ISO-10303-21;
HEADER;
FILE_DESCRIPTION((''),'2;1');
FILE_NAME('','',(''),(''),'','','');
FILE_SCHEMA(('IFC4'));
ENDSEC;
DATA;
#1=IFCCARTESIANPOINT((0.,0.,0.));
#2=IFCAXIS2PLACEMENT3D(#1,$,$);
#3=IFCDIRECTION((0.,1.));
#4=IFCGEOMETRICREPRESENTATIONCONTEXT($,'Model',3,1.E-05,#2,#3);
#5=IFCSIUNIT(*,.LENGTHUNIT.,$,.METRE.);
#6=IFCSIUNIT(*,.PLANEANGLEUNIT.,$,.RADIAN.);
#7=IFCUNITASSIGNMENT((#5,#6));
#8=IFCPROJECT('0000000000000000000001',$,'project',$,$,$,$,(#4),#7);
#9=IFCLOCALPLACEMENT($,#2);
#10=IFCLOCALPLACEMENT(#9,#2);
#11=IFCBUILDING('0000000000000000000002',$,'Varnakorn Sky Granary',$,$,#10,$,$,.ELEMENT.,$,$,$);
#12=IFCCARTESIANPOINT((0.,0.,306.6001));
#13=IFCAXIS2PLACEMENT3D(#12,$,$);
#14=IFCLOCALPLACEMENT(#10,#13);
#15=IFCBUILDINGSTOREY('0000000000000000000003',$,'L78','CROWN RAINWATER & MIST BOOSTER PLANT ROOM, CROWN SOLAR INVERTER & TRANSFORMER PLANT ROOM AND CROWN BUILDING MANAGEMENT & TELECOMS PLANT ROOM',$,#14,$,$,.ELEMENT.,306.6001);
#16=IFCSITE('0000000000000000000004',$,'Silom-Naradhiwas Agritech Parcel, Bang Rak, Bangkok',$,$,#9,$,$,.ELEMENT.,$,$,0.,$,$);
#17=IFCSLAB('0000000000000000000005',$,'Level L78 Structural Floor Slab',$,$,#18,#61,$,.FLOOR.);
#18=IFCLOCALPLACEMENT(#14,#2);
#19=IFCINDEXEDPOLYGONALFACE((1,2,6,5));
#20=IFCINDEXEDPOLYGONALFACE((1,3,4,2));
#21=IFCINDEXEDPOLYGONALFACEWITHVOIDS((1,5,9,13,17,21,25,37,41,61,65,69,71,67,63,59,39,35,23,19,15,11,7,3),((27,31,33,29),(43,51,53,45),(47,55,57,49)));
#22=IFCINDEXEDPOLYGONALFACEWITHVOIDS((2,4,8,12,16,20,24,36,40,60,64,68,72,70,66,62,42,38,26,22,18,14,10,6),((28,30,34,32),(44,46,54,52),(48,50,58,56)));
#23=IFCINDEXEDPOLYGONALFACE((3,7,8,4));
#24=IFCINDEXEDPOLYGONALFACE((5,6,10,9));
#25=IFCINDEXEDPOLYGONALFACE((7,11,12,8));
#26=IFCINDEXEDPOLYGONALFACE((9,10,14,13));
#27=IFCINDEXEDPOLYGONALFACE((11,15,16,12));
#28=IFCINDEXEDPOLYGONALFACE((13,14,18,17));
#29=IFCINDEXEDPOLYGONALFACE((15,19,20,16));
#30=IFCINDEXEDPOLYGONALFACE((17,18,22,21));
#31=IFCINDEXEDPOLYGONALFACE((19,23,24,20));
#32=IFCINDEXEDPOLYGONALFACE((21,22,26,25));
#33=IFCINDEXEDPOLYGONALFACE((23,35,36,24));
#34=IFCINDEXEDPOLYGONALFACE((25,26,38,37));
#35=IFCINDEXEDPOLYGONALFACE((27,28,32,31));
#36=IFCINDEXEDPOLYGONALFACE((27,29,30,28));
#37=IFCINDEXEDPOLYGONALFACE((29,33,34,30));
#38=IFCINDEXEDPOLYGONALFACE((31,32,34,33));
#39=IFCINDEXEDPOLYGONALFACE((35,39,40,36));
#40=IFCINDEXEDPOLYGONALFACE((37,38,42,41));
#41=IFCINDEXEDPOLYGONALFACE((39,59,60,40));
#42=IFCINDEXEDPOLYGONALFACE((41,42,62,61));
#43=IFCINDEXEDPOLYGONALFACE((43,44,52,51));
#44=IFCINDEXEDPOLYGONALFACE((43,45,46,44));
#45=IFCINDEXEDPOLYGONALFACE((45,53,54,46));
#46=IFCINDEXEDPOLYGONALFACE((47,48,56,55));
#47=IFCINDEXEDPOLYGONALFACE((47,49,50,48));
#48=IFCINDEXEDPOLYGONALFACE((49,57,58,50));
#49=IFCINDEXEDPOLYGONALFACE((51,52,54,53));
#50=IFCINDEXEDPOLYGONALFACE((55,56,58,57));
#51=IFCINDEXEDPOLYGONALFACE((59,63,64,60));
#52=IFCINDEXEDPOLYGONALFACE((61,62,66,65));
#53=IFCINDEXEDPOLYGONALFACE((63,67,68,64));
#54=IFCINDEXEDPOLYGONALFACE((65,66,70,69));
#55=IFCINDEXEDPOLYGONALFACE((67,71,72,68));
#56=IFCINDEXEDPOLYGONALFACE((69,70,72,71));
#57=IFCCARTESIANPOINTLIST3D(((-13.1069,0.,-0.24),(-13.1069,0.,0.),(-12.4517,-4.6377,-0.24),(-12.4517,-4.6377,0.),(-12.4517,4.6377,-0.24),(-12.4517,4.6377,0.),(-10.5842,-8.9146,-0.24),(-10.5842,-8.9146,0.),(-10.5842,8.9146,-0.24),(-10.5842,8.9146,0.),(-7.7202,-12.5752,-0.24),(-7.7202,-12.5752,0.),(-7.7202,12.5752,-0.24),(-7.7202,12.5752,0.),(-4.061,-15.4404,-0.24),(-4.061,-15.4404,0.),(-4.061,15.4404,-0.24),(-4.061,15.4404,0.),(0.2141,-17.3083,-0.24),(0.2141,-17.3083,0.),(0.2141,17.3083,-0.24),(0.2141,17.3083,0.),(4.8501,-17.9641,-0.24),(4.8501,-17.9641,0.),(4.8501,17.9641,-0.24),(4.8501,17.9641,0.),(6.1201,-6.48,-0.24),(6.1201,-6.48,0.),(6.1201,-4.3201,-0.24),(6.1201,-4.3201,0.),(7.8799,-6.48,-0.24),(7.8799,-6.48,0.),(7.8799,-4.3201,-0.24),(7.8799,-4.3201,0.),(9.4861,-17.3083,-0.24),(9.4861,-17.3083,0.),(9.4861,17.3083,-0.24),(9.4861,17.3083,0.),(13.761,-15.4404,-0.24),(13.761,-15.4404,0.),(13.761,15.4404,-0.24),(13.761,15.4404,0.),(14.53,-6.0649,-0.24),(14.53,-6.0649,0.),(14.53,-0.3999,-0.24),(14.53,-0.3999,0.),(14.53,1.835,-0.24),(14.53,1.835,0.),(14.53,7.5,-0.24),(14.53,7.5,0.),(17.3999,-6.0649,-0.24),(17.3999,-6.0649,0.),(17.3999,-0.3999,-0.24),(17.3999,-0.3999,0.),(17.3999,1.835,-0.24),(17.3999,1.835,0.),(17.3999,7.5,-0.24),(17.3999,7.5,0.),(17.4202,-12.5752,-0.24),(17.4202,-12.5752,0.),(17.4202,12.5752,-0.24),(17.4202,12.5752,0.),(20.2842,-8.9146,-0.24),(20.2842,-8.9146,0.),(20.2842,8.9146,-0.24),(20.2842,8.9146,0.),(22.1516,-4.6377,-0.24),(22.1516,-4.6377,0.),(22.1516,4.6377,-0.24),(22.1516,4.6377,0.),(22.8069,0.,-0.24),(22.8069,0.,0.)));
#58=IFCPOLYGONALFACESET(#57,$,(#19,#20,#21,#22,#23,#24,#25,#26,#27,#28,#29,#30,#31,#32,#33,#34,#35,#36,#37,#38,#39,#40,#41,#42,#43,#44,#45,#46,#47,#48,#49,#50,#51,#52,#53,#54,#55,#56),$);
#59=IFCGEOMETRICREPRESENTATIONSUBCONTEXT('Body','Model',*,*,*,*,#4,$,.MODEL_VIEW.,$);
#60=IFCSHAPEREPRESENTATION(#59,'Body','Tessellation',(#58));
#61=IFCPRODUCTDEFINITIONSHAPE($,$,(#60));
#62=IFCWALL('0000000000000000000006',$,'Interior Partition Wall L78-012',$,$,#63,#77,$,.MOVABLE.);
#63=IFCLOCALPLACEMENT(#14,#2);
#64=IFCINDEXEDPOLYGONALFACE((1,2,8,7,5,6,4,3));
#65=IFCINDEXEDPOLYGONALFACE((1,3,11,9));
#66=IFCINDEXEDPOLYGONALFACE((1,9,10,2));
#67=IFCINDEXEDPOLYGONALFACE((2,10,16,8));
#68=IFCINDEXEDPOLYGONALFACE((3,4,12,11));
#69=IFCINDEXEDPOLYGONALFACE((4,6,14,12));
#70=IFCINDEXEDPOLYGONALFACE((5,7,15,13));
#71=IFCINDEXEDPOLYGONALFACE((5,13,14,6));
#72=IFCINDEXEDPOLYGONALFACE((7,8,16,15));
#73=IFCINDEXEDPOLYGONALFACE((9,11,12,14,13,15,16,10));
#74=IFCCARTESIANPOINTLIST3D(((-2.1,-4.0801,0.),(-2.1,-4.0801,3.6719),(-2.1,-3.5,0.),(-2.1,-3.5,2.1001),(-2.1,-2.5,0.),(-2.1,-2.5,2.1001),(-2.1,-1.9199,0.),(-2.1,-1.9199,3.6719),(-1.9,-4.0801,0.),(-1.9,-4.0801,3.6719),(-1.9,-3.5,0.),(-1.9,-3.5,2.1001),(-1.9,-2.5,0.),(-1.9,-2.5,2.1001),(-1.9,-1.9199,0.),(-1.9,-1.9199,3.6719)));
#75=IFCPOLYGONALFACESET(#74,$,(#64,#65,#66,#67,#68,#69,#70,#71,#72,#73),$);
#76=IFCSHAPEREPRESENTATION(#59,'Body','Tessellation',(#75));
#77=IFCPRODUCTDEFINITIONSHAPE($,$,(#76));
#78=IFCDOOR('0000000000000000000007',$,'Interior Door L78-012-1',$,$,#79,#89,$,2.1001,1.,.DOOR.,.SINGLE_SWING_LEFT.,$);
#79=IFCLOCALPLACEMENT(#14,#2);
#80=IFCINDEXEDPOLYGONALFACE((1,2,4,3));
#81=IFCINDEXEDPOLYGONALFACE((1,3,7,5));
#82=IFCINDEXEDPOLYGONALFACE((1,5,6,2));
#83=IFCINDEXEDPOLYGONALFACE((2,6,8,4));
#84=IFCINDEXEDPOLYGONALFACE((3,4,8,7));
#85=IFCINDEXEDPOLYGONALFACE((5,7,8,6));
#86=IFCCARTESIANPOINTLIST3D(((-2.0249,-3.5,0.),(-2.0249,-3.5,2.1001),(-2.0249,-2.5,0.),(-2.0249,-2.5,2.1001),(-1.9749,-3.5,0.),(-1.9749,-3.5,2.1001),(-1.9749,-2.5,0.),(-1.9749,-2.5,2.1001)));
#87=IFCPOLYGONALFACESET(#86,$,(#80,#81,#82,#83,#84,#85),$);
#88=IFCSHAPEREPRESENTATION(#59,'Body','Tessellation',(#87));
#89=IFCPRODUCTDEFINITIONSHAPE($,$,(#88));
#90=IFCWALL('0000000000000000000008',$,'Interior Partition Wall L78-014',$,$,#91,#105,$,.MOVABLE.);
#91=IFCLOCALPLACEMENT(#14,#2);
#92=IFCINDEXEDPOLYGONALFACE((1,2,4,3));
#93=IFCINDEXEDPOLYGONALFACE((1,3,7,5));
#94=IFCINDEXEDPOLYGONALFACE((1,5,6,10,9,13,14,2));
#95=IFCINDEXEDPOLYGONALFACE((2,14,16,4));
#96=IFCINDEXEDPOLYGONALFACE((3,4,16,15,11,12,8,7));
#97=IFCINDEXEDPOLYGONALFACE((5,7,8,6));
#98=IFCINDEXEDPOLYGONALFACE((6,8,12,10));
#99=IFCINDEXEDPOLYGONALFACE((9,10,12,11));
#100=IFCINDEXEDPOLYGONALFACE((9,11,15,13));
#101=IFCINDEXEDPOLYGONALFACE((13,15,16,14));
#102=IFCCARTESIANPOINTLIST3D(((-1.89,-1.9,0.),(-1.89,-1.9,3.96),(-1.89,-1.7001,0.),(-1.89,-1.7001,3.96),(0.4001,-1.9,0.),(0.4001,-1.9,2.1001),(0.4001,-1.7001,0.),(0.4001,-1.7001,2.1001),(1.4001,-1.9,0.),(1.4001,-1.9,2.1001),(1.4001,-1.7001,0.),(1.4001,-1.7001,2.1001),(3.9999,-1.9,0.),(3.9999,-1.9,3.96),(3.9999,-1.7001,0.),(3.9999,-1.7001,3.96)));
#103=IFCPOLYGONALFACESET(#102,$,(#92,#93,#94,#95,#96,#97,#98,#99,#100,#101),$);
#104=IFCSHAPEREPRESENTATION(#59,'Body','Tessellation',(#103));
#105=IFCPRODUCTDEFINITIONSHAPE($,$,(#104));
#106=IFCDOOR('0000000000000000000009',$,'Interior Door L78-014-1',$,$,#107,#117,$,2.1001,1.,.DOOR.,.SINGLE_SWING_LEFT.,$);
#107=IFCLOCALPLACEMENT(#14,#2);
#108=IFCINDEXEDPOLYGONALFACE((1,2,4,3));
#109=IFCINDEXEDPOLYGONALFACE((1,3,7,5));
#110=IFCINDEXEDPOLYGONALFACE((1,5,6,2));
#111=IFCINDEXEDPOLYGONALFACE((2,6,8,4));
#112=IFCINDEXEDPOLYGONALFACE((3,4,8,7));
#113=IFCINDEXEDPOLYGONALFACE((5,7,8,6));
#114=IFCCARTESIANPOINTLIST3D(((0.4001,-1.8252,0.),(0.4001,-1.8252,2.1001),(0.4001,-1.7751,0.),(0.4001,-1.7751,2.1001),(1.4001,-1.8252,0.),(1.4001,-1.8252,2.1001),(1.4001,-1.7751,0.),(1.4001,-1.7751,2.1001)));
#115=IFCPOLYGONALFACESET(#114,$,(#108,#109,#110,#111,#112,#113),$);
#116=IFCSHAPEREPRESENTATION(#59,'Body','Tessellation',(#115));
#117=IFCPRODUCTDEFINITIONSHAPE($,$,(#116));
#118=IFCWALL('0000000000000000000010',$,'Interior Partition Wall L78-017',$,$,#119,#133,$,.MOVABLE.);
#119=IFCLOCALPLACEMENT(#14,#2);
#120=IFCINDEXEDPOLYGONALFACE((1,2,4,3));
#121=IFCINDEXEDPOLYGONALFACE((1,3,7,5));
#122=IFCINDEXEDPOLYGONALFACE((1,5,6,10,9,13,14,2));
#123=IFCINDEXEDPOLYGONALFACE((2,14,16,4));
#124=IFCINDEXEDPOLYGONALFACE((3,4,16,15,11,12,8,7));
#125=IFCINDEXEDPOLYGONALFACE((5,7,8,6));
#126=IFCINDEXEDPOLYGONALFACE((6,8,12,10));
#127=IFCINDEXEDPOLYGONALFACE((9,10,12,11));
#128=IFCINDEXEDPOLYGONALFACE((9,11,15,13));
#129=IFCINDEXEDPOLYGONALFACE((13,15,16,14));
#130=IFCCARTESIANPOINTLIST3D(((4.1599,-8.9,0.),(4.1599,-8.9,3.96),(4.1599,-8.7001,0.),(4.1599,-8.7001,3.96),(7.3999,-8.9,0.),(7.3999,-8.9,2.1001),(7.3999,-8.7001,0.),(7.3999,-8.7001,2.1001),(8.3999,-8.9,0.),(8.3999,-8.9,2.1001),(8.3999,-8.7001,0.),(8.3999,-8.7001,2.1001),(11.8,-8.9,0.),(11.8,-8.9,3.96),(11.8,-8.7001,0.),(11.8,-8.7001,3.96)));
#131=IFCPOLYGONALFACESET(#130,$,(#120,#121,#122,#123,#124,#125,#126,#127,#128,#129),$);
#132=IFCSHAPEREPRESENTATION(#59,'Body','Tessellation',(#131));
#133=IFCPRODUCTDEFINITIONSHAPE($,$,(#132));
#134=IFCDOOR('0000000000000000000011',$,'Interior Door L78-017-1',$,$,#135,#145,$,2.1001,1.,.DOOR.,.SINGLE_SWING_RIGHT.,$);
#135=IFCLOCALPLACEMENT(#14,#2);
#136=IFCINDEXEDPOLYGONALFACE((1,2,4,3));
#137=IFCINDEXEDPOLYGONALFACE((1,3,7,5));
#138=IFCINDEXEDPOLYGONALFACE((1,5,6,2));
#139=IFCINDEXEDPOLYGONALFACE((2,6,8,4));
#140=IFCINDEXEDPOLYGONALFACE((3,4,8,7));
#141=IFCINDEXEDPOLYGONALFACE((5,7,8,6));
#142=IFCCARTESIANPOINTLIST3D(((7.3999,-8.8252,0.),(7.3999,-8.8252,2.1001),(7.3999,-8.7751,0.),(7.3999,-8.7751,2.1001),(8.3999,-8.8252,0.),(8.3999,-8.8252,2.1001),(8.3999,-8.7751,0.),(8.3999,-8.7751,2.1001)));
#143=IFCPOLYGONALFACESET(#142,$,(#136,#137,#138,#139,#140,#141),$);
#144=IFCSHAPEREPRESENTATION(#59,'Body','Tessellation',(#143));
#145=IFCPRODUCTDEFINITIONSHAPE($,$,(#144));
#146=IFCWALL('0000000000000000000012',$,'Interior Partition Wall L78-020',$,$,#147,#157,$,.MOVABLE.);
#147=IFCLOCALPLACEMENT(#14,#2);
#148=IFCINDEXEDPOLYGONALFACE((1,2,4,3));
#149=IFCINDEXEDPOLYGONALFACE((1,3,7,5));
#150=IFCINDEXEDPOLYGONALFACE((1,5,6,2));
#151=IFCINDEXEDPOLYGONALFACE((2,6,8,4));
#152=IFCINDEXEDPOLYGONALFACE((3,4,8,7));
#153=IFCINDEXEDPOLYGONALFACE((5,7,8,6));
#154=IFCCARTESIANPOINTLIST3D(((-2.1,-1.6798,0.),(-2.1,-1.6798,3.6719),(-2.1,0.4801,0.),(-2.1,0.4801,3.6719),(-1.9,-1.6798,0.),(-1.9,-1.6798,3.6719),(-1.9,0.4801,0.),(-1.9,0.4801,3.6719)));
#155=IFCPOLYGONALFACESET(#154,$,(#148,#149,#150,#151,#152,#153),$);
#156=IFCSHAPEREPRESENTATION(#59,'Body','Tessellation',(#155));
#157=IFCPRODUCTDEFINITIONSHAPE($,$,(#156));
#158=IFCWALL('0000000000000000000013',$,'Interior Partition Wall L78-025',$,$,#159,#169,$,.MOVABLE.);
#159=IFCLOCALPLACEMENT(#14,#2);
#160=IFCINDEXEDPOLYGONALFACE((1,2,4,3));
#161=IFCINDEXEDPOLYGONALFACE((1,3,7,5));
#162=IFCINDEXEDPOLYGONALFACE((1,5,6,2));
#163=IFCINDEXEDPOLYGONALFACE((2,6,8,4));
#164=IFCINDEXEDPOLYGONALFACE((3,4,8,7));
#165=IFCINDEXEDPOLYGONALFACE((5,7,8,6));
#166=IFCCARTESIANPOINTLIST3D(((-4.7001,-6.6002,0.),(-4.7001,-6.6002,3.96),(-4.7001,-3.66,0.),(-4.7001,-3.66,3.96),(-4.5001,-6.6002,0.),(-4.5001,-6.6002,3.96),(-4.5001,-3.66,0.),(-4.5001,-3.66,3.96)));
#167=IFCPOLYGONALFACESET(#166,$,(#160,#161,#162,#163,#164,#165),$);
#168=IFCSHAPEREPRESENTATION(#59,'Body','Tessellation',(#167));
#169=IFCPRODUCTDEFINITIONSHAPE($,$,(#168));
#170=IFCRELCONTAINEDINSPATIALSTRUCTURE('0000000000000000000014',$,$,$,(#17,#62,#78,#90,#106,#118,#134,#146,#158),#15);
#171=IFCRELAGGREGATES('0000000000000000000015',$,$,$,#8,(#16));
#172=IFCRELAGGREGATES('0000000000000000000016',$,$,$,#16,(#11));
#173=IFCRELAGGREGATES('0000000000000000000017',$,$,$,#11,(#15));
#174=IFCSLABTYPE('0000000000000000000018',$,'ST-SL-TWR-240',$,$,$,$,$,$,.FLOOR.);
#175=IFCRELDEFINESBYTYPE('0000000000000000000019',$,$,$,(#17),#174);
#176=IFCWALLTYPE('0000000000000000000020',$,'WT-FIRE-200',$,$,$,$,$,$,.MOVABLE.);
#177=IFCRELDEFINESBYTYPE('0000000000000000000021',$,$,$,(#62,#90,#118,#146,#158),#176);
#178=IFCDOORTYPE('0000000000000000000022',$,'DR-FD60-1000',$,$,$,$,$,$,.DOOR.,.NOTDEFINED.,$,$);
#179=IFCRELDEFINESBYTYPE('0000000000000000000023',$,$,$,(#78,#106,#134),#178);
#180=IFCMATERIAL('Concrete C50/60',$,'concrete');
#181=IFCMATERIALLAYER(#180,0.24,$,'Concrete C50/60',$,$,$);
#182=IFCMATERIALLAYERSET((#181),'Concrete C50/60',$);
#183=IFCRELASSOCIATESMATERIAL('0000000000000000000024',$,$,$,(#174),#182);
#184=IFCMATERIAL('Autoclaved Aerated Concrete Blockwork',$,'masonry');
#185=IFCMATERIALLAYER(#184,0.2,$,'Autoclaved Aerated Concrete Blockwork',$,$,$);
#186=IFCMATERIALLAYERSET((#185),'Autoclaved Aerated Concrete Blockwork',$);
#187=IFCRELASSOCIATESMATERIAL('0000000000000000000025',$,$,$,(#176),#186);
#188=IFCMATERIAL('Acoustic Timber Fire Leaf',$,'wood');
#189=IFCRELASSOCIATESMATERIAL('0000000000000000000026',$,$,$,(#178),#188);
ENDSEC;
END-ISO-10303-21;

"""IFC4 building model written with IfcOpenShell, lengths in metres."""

from ifc_helpers import new_model, si_unit, direction, frame, frame_2d, origin, place, context, subcontext, project, spatial, polyline, rectangle, outline, extrude, material, layer, layer_set, type_object, element, fill, save


model = new_model("IFC4")

# Units and contexts
model_context = context("Model", 3, precision=1e-05, world=origin(), true_north=direction((0.0, 1.0)))
body_context = subcontext(model_context, "Body", "Model", "MODEL_VIEW")
ifc_project = project(units=[si_unit("LENGTHUNIT", "METRE"), si_unit("PLANEANGLEUNIT", "RADIAN")], contexts=[model_context])

# Site, building, storey
site_placement = place(None, origin())
site = spatial("IfcSite", under=ifc_project, at=site_placement, Name="Silom-Naradhiwas Agritech Parcel, Bang Rak, Bangkok", CompositionType="ELEMENT", RefElevation=0.0)
building_placement = place(site_placement, origin())
building = spatial("IfcBuilding", under=site, at=building_placement, Name="Varnakorn Sky Granary", CompositionType="ELEMENT")
storey_placement = place(building_placement, frame((0.0, 0.0, 306.6001)))
storey = spatial("IfcBuildingStorey", under=building, at=storey_placement, Name="L78", Description="CROWN RAINWATER & MIST BOOSTER PLANT ROOM, CROWN SOLAR INVERTER & TRANSFORMER PLANT ROOM AND CROWN BUILDING MANAGEMENT & TELECOMS PLANT ROOM", CompositionType="ELEMENT", Elevation=306.6001)

# Shared definitions
ifc_material_1 = material(Name="Concrete C50/60", Category="concrete")

# Slab
ifc_layer_1 = layer(ifc_material_1, 0.24, Name="Concrete C50/60")
ifc_layer_set_1 = layer_set([ifc_layer_1], Name="Concrete C50/60")
slab_type_1 = type_object("IfcSlabType", Name="ST-SL-TWR-240", PredefinedType="FLOOR", material=ifc_layer_set_1)
slab_1_placement = place(storey_placement, frame((0.0, 0.0, -0.24)))
element("IfcSlab", 1, at=slab_1_placement, inside=storey, type_object=slab_type_1, Name="Level L78 Structural Floor Slab", PredefinedType="FLOOR", context=body_context, shape_type="SweptSolid", body=[
    extrude(outline(polyline([(22.8069, 0.0), (22.1516, 4.6377), (20.2842, 8.9146), (17.4202, 12.5752), (13.761, 15.4404), (9.4861, 17.3083), (4.8501, 17.9641), (0.2141, 17.3083), (-4.061, 15.4404), (-7.7202, 12.5752), (-10.5842, 8.9146), (-12.4517, 4.6377), (-13.1069, 0.0), (-12.4517, -4.6377), (-10.5842, -8.9146), (-7.7202, -12.5752), (-4.061, -15.4404), (0.2141, -17.3083), (4.8501, -17.9641), (9.4861, -17.3083), (13.761, -15.4404), (17.4202, -12.5752), (20.2842, -8.9146), (22.1516, -4.6377), (22.8069, 0.0)]), holes=[polyline([(17.3999, 1.835), (17.3999, 7.5), (14.53, 7.5), (14.53, 1.835), (17.3999, 1.835)]), polyline([(17.3999, -6.0649), (17.3999, -0.3999), (14.53, -0.3999), (14.53, -6.0649), (17.3999, -6.0649)]), polyline([(6.1201, -6.48), (7.8799, -6.48), (7.8799, -4.3201), (6.1201, -4.3201), (6.1201, -6.48)])]), origin(), (0.0, 0.0, 1.0), 0.24),
])

# Walls, openings, doors
ifc_material_2 = material(Name="Autoclaved Aerated Concrete Blockwork", Category="masonry")
ifc_layer_2 = layer(ifc_material_2, 0.2, Name="Autoclaved Aerated Concrete Blockwork")
ifc_layer_set_2 = layer_set([ifc_layer_2], Name="Autoclaved Aerated Concrete Blockwork")
wall_type_1 = type_object("IfcWallType", Name="WT-FIRE-200", PredefinedType="MOVABLE", material=ifc_layer_set_2)
wall_1_placement = place(storey_placement, frame((-2.0, -4.0801, 0.0), z_axis=(0.0, 0.0, 1.0), x_axis=(0.0, 1.0, 0.0)))
wall_1 = element("IfcWall", 2, at=wall_1_placement, inside=storey, type_object=wall_type_1, Name="Interior Partition Wall L78-012", PredefinedType="MOVABLE", context=body_context, shape_type="SweptSolid", body=[
    extrude(rectangle(XDim=2.1602, YDim=0.2, at=frame_2d((1.0801, 0.0))), origin(), (0.0, 0.0, 1.0), 3.6719),
])
opening_1_placement = place(wall_1_placement, frame((0.5801, 0.0, 0.0)))
opening_1 = element("IfcOpeningElement", 3, at=opening_1_placement, cuts=wall_1, PredefinedType="OPENING", context=body_context, shape_type="SweptSolid", body=[
    extrude(rectangle(XDim=1.0, YDim=2.1001, at=frame_2d((0.5, 1.05))), frame((0.0, 0.1099, 0.0), z_axis=(0.0, -1.0, 0.0), x_axis=(1.0, 0.0, 0.0)), (0.0, 0.0, 1.0), 0.22),
])
ifc_material_3 = material(Name="Acoustic Timber Fire Leaf", Category="wood")
door_type_1 = type_object("IfcDoorType", Name="DR-FD60-1000", OperationType="NOTDEFINED", PredefinedType="DOOR", material=ifc_material_3)
door_1_placement = place(opening_1_placement, origin())
door_1 = element("IfcDoor", 4, at=door_1_placement, inside=storey, type_object=door_type_1, Name="Interior Door L78-012-1", OperationType="SINGLE_SWING_LEFT", OverallHeight=2.1001, OverallWidth=1.0, PredefinedType="DOOR", context=body_context, shape_type="SweptSolid", body=[
    extrude(rectangle(XDim=1.0, YDim=2.1001, at=frame_2d((0.5, 1.05))), frame((0.0, 0.0249, 0.0), z_axis=(0.0, -1.0, 0.0), x_axis=(1.0, 0.0, 0.0)), (0.0, 0.0, 1.0), 0.05),
])
fill(opening_1, door_1)
wall_2_placement = place(storey_placement, frame((-1.8899, -1.8, 0.0), z_axis=(0.0, 0.0, 1.0), x_axis=(1.0, 0.0, 0.0)))
wall_2 = element("IfcWall", 5, at=wall_2_placement, inside=storey, type_object=wall_type_1, Name="Interior Partition Wall L78-014", PredefinedType="MOVABLE", context=body_context, shape_type="SweptSolid", body=[
    extrude(rectangle(XDim=5.8899, YDim=0.2, at=frame_2d((2.9448, 0.0))), origin(), (0.0, 0.0, 1.0), 3.96),
])
opening_2_placement = place(wall_2_placement, frame((2.29, 0.0, 0.0)))
opening_2 = element("IfcOpeningElement", 6, at=opening_2_placement, cuts=wall_2, PredefinedType="OPENING", context=body_context, shape_type="SweptSolid", body=[
    extrude(rectangle(XDim=1.0, YDim=2.1001, at=frame_2d((0.5, 1.05))), frame((0.0, 0.1099, 0.0), z_axis=(0.0, -1.0, 0.0), x_axis=(1.0, 0.0, 0.0)), (0.0, 0.0, 1.0), 0.22),
])
door_2_placement = place(opening_2_placement, origin())
door_2 = element("IfcDoor", 7, at=door_2_placement, inside=storey, type_object=door_type_1, Name="Interior Door L78-014-1", OperationType="SINGLE_SWING_LEFT", OverallHeight=2.1001, OverallWidth=1.0, PredefinedType="DOOR", context=body_context, shape_type="SweptSolid", body=[
    extrude(rectangle(XDim=1.0, YDim=2.1001, at=frame_2d((0.5, 1.05))), frame((0.0, 0.0249, 0.0), z_axis=(0.0, -1.0, 0.0), x_axis=(1.0, 0.0, 0.0)), (0.0, 0.0, 1.0), 0.05),
])
fill(opening_2, door_2)
wall_3_placement = place(storey_placement, frame((4.1599, -8.8, 0.0), z_axis=(0.0, 0.0, 1.0), x_axis=(1.0, 0.0, 0.0)))
wall_3 = element("IfcWall", 8, at=wall_3_placement, inside=storey, type_object=wall_type_1, Name="Interior Partition Wall L78-017", PredefinedType="MOVABLE", context=body_context, shape_type="SweptSolid", body=[
    extrude(rectangle(XDim=7.6401, YDim=0.2, at=frame_2d((3.8201, 0.0))), origin(), (0.0, 0.0, 1.0), 3.96),
])
opening_3_placement = place(wall_3_placement, frame((3.24, 0.0, 0.0)))
opening_3 = element("IfcOpeningElement", 9, at=opening_3_placement, cuts=wall_3, PredefinedType="OPENING", context=body_context, shape_type="SweptSolid", body=[
    extrude(rectangle(XDim=1.0, YDim=2.1001, at=frame_2d((0.5, 1.05))), frame((0.0, 0.1099, 0.0), z_axis=(0.0, -1.0, 0.0), x_axis=(1.0, 0.0, 0.0)), (0.0, 0.0, 1.0), 0.22),
])
door_3_placement = place(opening_3_placement, origin())
door_3 = element("IfcDoor", 10, at=door_3_placement, inside=storey, type_object=door_type_1, Name="Interior Door L78-017-1", OperationType="SINGLE_SWING_RIGHT", OverallHeight=2.1001, OverallWidth=1.0, PredefinedType="DOOR", context=body_context, shape_type="SweptSolid", body=[
    extrude(rectangle(XDim=1.0, YDim=2.1001, at=frame_2d((0.5, 1.05))), frame((0.0, 0.0249, 0.0), z_axis=(0.0, -1.0, 0.0), x_axis=(1.0, 0.0, 0.0)), (0.0, 0.0, 1.0), 0.05),
])
fill(opening_3, door_3)

# Walls
wall_4_placement = place(storey_placement, frame((-2.0, -1.6799, 0.0), z_axis=(0.0, 0.0, 1.0), x_axis=(0.0, 1.0, 0.0)))
element("IfcWall", 11, at=wall_4_placement, inside=storey, type_object=wall_type_1, Name="Interior Partition Wall L78-020", PredefinedType="MOVABLE", context=body_context, shape_type="SweptSolid", body=[
    extrude(rectangle(XDim=2.1599, YDim=0.2, at=frame_2d((1.0801, 0.0))), origin(), (0.0, 0.0, 1.0), 3.6719),
])
wall_5_placement = place(storey_placement, frame((-4.6001, -3.6599, 0.0), z_axis=(0.0, 0.0, 1.0), x_axis=(0.0, -1.0, 0.0)))
element("IfcWall", 12, at=wall_5_placement, inside=storey, type_object=wall_type_1, Name="Interior Partition Wall L78-025", PredefinedType="MOVABLE", context=body_context, shape_type="SweptSolid", body=[
    extrude(rectangle(XDim=2.9402, YDim=0.2, at=frame_2d((1.4702, 0.0))), origin(), (0.0, 0.0, 1.0), 3.96),
])

save(model, "model.ifc")
